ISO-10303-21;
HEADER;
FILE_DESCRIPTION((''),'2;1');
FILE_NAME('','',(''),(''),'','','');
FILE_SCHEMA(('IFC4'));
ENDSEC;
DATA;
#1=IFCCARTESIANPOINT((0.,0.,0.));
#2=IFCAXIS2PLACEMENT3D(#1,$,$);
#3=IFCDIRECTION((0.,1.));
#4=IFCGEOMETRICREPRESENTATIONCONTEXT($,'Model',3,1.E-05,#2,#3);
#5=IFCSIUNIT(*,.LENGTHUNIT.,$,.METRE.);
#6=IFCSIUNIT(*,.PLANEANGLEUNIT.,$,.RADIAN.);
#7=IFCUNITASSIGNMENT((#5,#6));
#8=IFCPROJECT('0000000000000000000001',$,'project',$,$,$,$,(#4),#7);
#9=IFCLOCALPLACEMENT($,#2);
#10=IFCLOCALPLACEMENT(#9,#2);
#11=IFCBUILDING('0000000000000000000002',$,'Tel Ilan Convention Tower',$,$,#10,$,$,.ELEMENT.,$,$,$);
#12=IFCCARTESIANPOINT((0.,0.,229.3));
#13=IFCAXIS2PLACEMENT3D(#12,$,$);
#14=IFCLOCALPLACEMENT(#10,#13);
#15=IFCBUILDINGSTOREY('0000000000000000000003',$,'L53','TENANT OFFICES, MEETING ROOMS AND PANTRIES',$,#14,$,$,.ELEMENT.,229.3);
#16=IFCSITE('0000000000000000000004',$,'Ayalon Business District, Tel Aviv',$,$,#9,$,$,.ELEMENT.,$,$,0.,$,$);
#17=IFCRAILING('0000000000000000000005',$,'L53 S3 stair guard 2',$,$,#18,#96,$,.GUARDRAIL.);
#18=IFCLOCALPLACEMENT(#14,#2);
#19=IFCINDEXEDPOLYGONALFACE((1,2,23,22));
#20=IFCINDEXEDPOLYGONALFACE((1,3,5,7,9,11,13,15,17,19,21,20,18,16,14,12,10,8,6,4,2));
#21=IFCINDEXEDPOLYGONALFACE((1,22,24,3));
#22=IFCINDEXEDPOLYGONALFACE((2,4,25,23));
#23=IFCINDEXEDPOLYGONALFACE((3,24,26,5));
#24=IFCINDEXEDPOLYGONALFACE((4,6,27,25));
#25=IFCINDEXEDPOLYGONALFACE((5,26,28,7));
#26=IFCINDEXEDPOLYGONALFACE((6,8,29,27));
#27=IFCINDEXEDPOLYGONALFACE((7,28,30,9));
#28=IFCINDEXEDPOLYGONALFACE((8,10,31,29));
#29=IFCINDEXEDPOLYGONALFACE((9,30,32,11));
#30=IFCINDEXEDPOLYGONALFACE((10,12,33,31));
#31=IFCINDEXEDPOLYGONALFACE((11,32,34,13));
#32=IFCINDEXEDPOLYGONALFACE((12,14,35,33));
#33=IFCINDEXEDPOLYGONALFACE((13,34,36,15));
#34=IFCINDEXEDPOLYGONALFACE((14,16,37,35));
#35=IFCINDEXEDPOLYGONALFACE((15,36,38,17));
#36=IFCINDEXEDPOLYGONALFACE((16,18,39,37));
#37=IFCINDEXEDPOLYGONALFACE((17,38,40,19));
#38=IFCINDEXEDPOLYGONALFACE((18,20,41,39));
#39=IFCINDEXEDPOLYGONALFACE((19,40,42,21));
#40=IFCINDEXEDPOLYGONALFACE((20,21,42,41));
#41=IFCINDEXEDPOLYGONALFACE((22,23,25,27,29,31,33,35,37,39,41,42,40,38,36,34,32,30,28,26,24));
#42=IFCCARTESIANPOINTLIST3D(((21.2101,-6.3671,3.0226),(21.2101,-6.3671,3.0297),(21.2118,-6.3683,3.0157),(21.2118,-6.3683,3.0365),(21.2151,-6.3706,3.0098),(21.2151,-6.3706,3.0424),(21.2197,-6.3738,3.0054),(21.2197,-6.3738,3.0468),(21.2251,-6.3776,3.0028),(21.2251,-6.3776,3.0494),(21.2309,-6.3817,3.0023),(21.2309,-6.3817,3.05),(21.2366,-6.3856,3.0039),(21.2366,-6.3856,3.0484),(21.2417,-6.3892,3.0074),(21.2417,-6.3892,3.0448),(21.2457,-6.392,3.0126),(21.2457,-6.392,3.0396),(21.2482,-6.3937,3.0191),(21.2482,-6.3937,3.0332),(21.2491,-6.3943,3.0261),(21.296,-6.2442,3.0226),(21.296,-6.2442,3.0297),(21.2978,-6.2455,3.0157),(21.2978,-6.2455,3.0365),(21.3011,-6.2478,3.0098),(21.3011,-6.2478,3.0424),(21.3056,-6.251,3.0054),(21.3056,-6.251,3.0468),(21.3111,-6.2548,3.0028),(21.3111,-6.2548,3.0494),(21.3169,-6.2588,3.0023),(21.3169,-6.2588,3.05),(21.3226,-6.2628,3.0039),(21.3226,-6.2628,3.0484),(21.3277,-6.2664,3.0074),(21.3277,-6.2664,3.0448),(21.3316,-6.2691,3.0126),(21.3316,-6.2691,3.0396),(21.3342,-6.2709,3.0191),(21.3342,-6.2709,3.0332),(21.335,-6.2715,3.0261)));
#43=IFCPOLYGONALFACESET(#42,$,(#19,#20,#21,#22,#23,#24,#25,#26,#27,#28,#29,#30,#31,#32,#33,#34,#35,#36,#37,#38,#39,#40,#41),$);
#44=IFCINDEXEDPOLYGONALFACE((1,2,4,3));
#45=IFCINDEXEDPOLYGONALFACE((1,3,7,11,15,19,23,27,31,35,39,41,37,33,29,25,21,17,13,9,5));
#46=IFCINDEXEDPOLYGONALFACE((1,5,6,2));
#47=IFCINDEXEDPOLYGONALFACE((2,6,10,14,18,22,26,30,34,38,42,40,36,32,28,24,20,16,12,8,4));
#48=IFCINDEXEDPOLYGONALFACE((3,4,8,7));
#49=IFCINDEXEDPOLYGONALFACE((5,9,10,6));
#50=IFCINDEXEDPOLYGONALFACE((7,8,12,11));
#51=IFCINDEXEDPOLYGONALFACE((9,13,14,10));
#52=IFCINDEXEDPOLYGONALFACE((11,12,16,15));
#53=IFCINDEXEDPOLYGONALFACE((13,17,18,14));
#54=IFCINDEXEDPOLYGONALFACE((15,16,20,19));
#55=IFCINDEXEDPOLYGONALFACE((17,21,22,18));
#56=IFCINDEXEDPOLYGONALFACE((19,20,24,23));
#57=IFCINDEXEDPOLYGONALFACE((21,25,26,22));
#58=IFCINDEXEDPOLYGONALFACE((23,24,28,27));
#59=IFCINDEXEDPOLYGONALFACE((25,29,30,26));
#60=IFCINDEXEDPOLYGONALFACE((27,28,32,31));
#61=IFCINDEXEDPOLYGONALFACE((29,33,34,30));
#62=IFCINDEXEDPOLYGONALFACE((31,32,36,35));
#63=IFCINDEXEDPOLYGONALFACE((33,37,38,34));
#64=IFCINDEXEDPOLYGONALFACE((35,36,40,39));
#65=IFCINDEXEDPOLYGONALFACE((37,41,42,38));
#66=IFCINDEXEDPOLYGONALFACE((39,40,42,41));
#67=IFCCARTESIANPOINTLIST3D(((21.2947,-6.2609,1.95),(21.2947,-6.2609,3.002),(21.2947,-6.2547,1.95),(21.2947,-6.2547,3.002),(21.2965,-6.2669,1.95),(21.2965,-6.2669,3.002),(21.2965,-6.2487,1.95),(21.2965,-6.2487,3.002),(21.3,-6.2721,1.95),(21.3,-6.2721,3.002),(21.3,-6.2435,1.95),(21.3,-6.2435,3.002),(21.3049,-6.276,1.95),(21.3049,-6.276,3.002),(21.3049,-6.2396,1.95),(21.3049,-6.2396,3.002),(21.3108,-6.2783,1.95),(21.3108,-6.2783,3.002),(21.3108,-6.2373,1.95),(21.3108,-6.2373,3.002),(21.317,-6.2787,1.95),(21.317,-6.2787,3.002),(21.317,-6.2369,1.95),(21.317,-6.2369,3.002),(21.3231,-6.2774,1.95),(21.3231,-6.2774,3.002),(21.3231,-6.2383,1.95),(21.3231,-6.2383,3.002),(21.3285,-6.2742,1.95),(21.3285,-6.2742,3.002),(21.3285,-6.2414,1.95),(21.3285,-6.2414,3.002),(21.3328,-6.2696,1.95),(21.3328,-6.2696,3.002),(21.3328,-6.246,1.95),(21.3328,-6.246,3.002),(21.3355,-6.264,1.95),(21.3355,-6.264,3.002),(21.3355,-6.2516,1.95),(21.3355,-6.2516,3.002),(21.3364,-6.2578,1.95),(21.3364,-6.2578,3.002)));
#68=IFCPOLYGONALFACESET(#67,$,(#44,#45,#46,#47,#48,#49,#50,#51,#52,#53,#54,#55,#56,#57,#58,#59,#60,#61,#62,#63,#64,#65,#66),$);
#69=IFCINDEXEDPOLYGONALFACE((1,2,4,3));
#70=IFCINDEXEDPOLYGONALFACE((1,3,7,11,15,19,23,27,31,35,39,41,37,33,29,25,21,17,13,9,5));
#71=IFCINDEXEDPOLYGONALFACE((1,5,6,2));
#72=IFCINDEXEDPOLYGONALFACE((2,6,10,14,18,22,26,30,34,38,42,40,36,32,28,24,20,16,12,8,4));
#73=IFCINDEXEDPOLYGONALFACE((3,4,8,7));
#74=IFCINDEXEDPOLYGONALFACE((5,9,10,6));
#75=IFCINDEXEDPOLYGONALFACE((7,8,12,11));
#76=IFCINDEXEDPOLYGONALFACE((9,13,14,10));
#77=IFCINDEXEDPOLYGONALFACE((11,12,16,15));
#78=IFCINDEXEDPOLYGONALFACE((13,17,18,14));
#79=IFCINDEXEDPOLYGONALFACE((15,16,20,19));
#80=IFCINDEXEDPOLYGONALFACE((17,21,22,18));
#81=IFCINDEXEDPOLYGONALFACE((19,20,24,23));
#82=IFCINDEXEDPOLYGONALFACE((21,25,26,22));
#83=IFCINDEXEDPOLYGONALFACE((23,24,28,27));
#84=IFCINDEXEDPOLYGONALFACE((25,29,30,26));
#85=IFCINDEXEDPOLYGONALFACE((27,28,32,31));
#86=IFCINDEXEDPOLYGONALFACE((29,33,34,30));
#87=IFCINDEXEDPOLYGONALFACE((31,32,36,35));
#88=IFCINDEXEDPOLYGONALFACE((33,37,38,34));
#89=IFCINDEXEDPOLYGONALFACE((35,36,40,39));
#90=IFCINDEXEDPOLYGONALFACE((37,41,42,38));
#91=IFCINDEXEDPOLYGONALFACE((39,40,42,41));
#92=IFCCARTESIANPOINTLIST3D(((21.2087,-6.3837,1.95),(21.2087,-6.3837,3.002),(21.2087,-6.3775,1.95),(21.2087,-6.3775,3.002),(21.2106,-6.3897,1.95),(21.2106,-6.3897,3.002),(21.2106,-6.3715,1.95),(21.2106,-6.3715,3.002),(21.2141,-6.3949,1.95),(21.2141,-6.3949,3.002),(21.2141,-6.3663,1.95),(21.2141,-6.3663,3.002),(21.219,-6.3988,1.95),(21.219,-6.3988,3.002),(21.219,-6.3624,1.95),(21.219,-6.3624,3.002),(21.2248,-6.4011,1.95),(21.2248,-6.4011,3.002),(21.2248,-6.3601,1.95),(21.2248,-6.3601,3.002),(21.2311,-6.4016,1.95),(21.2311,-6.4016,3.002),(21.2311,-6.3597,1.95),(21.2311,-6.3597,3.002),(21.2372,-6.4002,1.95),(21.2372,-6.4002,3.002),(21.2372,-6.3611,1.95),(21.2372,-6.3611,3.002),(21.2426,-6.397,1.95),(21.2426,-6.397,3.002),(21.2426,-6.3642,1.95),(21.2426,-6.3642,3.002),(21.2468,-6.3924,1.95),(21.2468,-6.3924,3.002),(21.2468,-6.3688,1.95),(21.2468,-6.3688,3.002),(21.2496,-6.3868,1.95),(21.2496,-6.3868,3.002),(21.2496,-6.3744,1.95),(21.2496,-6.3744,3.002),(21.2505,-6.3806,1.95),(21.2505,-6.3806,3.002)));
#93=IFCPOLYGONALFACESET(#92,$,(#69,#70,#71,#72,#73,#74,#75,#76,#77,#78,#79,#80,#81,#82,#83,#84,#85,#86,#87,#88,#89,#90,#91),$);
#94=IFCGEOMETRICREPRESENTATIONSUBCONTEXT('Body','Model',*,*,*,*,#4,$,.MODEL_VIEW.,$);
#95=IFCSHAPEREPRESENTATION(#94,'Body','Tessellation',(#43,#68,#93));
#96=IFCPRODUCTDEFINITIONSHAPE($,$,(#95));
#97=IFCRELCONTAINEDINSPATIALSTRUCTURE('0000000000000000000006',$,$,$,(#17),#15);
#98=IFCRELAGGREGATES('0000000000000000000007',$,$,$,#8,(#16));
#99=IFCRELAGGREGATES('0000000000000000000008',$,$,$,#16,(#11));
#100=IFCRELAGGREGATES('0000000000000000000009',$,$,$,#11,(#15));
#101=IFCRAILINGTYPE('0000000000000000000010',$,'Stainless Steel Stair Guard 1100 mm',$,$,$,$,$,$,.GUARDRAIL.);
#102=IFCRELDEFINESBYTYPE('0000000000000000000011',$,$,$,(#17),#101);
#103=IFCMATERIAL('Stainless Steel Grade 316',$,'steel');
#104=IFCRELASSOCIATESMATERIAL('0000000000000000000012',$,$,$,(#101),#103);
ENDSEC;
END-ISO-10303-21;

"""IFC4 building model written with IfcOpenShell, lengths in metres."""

from ifc_helpers import new_model, si_unit, direction, frame, origin, origin_2d, place, context, subcontext, project, spatial, circle, extrude, material, type_object, element, save


model = new_model("IFC4")

# Units and contexts
model_context = context("Model", 3, precision=1e-05, world=origin(), true_north=direction((0.0, 1.0)))
body_context = subcontext(model_context, "Body", "Model", "MODEL_VIEW")
ifc_project = project(units=[si_unit("LENGTHUNIT", "METRE"), si_unit("PLANEANGLEUNIT", "RADIAN")], contexts=[model_context])

# Site, building, storey
site_placement = place(None, origin())
site = spatial("IfcSite", under=ifc_project, at=site_placement, Name="Ayalon Business District, Tel Aviv", CompositionType="ELEMENT", RefElevation=0.0)
building_placement = place(site_placement, origin())
building = spatial("IfcBuilding", under=site, at=building_placement, Name="Tel Ilan Convention Tower", CompositionType="ELEMENT")
storey_placement = place(building_placement, frame((0.0, 0.0, 229.3)))
storey = spatial("IfcBuildingStorey", under=building, at=storey_placement, Name="L53", Description="TENANT OFFICES, MEETING ROOMS AND PANTRIES", CompositionType="ELEMENT", Elevation=229.3)

# Railing
ifc_material_1 = material(Name="Stainless Steel Grade 316", Category="steel")
railing_type_1 = type_object("IfcRailingType", Name="Stainless Steel Stair Guard 1100 mm", PredefinedType="GUARDRAIL", material=ifc_material_1)
railing_1_placement = place(storey_placement, frame((21.3154, -6.2578, 1.95)))
element("IfcRailing", 1, at=railing_1_placement, inside=storey, type_object=railing_type_1, Name="L53 S3 stair guard 2", PredefinedType="GUARDRAIL", context=body_context, shape_type="SweptSolid", body=[
    extrude(circle(Radius=0.0239, at=origin_2d()), frame((0.0, 0.0, 1.0762), z_axis=(-0.573353, -0.819308, 0.0), x_axis=(0.819308, -0.573353, 0.0)), (0.0, 0.0, 1.0), 0.1499),
    extrude(circle(Radius=0.021, at=origin_2d()), origin(), (0.0, 0.0, 1.0), 1.052),
    extrude(circle(Radius=0.021, at=origin_2d()), frame((-0.0859, -0.1228, 0.0)), (0.0, 0.0, 1.0), 1.052),
])

save(model, "model.ifc")
